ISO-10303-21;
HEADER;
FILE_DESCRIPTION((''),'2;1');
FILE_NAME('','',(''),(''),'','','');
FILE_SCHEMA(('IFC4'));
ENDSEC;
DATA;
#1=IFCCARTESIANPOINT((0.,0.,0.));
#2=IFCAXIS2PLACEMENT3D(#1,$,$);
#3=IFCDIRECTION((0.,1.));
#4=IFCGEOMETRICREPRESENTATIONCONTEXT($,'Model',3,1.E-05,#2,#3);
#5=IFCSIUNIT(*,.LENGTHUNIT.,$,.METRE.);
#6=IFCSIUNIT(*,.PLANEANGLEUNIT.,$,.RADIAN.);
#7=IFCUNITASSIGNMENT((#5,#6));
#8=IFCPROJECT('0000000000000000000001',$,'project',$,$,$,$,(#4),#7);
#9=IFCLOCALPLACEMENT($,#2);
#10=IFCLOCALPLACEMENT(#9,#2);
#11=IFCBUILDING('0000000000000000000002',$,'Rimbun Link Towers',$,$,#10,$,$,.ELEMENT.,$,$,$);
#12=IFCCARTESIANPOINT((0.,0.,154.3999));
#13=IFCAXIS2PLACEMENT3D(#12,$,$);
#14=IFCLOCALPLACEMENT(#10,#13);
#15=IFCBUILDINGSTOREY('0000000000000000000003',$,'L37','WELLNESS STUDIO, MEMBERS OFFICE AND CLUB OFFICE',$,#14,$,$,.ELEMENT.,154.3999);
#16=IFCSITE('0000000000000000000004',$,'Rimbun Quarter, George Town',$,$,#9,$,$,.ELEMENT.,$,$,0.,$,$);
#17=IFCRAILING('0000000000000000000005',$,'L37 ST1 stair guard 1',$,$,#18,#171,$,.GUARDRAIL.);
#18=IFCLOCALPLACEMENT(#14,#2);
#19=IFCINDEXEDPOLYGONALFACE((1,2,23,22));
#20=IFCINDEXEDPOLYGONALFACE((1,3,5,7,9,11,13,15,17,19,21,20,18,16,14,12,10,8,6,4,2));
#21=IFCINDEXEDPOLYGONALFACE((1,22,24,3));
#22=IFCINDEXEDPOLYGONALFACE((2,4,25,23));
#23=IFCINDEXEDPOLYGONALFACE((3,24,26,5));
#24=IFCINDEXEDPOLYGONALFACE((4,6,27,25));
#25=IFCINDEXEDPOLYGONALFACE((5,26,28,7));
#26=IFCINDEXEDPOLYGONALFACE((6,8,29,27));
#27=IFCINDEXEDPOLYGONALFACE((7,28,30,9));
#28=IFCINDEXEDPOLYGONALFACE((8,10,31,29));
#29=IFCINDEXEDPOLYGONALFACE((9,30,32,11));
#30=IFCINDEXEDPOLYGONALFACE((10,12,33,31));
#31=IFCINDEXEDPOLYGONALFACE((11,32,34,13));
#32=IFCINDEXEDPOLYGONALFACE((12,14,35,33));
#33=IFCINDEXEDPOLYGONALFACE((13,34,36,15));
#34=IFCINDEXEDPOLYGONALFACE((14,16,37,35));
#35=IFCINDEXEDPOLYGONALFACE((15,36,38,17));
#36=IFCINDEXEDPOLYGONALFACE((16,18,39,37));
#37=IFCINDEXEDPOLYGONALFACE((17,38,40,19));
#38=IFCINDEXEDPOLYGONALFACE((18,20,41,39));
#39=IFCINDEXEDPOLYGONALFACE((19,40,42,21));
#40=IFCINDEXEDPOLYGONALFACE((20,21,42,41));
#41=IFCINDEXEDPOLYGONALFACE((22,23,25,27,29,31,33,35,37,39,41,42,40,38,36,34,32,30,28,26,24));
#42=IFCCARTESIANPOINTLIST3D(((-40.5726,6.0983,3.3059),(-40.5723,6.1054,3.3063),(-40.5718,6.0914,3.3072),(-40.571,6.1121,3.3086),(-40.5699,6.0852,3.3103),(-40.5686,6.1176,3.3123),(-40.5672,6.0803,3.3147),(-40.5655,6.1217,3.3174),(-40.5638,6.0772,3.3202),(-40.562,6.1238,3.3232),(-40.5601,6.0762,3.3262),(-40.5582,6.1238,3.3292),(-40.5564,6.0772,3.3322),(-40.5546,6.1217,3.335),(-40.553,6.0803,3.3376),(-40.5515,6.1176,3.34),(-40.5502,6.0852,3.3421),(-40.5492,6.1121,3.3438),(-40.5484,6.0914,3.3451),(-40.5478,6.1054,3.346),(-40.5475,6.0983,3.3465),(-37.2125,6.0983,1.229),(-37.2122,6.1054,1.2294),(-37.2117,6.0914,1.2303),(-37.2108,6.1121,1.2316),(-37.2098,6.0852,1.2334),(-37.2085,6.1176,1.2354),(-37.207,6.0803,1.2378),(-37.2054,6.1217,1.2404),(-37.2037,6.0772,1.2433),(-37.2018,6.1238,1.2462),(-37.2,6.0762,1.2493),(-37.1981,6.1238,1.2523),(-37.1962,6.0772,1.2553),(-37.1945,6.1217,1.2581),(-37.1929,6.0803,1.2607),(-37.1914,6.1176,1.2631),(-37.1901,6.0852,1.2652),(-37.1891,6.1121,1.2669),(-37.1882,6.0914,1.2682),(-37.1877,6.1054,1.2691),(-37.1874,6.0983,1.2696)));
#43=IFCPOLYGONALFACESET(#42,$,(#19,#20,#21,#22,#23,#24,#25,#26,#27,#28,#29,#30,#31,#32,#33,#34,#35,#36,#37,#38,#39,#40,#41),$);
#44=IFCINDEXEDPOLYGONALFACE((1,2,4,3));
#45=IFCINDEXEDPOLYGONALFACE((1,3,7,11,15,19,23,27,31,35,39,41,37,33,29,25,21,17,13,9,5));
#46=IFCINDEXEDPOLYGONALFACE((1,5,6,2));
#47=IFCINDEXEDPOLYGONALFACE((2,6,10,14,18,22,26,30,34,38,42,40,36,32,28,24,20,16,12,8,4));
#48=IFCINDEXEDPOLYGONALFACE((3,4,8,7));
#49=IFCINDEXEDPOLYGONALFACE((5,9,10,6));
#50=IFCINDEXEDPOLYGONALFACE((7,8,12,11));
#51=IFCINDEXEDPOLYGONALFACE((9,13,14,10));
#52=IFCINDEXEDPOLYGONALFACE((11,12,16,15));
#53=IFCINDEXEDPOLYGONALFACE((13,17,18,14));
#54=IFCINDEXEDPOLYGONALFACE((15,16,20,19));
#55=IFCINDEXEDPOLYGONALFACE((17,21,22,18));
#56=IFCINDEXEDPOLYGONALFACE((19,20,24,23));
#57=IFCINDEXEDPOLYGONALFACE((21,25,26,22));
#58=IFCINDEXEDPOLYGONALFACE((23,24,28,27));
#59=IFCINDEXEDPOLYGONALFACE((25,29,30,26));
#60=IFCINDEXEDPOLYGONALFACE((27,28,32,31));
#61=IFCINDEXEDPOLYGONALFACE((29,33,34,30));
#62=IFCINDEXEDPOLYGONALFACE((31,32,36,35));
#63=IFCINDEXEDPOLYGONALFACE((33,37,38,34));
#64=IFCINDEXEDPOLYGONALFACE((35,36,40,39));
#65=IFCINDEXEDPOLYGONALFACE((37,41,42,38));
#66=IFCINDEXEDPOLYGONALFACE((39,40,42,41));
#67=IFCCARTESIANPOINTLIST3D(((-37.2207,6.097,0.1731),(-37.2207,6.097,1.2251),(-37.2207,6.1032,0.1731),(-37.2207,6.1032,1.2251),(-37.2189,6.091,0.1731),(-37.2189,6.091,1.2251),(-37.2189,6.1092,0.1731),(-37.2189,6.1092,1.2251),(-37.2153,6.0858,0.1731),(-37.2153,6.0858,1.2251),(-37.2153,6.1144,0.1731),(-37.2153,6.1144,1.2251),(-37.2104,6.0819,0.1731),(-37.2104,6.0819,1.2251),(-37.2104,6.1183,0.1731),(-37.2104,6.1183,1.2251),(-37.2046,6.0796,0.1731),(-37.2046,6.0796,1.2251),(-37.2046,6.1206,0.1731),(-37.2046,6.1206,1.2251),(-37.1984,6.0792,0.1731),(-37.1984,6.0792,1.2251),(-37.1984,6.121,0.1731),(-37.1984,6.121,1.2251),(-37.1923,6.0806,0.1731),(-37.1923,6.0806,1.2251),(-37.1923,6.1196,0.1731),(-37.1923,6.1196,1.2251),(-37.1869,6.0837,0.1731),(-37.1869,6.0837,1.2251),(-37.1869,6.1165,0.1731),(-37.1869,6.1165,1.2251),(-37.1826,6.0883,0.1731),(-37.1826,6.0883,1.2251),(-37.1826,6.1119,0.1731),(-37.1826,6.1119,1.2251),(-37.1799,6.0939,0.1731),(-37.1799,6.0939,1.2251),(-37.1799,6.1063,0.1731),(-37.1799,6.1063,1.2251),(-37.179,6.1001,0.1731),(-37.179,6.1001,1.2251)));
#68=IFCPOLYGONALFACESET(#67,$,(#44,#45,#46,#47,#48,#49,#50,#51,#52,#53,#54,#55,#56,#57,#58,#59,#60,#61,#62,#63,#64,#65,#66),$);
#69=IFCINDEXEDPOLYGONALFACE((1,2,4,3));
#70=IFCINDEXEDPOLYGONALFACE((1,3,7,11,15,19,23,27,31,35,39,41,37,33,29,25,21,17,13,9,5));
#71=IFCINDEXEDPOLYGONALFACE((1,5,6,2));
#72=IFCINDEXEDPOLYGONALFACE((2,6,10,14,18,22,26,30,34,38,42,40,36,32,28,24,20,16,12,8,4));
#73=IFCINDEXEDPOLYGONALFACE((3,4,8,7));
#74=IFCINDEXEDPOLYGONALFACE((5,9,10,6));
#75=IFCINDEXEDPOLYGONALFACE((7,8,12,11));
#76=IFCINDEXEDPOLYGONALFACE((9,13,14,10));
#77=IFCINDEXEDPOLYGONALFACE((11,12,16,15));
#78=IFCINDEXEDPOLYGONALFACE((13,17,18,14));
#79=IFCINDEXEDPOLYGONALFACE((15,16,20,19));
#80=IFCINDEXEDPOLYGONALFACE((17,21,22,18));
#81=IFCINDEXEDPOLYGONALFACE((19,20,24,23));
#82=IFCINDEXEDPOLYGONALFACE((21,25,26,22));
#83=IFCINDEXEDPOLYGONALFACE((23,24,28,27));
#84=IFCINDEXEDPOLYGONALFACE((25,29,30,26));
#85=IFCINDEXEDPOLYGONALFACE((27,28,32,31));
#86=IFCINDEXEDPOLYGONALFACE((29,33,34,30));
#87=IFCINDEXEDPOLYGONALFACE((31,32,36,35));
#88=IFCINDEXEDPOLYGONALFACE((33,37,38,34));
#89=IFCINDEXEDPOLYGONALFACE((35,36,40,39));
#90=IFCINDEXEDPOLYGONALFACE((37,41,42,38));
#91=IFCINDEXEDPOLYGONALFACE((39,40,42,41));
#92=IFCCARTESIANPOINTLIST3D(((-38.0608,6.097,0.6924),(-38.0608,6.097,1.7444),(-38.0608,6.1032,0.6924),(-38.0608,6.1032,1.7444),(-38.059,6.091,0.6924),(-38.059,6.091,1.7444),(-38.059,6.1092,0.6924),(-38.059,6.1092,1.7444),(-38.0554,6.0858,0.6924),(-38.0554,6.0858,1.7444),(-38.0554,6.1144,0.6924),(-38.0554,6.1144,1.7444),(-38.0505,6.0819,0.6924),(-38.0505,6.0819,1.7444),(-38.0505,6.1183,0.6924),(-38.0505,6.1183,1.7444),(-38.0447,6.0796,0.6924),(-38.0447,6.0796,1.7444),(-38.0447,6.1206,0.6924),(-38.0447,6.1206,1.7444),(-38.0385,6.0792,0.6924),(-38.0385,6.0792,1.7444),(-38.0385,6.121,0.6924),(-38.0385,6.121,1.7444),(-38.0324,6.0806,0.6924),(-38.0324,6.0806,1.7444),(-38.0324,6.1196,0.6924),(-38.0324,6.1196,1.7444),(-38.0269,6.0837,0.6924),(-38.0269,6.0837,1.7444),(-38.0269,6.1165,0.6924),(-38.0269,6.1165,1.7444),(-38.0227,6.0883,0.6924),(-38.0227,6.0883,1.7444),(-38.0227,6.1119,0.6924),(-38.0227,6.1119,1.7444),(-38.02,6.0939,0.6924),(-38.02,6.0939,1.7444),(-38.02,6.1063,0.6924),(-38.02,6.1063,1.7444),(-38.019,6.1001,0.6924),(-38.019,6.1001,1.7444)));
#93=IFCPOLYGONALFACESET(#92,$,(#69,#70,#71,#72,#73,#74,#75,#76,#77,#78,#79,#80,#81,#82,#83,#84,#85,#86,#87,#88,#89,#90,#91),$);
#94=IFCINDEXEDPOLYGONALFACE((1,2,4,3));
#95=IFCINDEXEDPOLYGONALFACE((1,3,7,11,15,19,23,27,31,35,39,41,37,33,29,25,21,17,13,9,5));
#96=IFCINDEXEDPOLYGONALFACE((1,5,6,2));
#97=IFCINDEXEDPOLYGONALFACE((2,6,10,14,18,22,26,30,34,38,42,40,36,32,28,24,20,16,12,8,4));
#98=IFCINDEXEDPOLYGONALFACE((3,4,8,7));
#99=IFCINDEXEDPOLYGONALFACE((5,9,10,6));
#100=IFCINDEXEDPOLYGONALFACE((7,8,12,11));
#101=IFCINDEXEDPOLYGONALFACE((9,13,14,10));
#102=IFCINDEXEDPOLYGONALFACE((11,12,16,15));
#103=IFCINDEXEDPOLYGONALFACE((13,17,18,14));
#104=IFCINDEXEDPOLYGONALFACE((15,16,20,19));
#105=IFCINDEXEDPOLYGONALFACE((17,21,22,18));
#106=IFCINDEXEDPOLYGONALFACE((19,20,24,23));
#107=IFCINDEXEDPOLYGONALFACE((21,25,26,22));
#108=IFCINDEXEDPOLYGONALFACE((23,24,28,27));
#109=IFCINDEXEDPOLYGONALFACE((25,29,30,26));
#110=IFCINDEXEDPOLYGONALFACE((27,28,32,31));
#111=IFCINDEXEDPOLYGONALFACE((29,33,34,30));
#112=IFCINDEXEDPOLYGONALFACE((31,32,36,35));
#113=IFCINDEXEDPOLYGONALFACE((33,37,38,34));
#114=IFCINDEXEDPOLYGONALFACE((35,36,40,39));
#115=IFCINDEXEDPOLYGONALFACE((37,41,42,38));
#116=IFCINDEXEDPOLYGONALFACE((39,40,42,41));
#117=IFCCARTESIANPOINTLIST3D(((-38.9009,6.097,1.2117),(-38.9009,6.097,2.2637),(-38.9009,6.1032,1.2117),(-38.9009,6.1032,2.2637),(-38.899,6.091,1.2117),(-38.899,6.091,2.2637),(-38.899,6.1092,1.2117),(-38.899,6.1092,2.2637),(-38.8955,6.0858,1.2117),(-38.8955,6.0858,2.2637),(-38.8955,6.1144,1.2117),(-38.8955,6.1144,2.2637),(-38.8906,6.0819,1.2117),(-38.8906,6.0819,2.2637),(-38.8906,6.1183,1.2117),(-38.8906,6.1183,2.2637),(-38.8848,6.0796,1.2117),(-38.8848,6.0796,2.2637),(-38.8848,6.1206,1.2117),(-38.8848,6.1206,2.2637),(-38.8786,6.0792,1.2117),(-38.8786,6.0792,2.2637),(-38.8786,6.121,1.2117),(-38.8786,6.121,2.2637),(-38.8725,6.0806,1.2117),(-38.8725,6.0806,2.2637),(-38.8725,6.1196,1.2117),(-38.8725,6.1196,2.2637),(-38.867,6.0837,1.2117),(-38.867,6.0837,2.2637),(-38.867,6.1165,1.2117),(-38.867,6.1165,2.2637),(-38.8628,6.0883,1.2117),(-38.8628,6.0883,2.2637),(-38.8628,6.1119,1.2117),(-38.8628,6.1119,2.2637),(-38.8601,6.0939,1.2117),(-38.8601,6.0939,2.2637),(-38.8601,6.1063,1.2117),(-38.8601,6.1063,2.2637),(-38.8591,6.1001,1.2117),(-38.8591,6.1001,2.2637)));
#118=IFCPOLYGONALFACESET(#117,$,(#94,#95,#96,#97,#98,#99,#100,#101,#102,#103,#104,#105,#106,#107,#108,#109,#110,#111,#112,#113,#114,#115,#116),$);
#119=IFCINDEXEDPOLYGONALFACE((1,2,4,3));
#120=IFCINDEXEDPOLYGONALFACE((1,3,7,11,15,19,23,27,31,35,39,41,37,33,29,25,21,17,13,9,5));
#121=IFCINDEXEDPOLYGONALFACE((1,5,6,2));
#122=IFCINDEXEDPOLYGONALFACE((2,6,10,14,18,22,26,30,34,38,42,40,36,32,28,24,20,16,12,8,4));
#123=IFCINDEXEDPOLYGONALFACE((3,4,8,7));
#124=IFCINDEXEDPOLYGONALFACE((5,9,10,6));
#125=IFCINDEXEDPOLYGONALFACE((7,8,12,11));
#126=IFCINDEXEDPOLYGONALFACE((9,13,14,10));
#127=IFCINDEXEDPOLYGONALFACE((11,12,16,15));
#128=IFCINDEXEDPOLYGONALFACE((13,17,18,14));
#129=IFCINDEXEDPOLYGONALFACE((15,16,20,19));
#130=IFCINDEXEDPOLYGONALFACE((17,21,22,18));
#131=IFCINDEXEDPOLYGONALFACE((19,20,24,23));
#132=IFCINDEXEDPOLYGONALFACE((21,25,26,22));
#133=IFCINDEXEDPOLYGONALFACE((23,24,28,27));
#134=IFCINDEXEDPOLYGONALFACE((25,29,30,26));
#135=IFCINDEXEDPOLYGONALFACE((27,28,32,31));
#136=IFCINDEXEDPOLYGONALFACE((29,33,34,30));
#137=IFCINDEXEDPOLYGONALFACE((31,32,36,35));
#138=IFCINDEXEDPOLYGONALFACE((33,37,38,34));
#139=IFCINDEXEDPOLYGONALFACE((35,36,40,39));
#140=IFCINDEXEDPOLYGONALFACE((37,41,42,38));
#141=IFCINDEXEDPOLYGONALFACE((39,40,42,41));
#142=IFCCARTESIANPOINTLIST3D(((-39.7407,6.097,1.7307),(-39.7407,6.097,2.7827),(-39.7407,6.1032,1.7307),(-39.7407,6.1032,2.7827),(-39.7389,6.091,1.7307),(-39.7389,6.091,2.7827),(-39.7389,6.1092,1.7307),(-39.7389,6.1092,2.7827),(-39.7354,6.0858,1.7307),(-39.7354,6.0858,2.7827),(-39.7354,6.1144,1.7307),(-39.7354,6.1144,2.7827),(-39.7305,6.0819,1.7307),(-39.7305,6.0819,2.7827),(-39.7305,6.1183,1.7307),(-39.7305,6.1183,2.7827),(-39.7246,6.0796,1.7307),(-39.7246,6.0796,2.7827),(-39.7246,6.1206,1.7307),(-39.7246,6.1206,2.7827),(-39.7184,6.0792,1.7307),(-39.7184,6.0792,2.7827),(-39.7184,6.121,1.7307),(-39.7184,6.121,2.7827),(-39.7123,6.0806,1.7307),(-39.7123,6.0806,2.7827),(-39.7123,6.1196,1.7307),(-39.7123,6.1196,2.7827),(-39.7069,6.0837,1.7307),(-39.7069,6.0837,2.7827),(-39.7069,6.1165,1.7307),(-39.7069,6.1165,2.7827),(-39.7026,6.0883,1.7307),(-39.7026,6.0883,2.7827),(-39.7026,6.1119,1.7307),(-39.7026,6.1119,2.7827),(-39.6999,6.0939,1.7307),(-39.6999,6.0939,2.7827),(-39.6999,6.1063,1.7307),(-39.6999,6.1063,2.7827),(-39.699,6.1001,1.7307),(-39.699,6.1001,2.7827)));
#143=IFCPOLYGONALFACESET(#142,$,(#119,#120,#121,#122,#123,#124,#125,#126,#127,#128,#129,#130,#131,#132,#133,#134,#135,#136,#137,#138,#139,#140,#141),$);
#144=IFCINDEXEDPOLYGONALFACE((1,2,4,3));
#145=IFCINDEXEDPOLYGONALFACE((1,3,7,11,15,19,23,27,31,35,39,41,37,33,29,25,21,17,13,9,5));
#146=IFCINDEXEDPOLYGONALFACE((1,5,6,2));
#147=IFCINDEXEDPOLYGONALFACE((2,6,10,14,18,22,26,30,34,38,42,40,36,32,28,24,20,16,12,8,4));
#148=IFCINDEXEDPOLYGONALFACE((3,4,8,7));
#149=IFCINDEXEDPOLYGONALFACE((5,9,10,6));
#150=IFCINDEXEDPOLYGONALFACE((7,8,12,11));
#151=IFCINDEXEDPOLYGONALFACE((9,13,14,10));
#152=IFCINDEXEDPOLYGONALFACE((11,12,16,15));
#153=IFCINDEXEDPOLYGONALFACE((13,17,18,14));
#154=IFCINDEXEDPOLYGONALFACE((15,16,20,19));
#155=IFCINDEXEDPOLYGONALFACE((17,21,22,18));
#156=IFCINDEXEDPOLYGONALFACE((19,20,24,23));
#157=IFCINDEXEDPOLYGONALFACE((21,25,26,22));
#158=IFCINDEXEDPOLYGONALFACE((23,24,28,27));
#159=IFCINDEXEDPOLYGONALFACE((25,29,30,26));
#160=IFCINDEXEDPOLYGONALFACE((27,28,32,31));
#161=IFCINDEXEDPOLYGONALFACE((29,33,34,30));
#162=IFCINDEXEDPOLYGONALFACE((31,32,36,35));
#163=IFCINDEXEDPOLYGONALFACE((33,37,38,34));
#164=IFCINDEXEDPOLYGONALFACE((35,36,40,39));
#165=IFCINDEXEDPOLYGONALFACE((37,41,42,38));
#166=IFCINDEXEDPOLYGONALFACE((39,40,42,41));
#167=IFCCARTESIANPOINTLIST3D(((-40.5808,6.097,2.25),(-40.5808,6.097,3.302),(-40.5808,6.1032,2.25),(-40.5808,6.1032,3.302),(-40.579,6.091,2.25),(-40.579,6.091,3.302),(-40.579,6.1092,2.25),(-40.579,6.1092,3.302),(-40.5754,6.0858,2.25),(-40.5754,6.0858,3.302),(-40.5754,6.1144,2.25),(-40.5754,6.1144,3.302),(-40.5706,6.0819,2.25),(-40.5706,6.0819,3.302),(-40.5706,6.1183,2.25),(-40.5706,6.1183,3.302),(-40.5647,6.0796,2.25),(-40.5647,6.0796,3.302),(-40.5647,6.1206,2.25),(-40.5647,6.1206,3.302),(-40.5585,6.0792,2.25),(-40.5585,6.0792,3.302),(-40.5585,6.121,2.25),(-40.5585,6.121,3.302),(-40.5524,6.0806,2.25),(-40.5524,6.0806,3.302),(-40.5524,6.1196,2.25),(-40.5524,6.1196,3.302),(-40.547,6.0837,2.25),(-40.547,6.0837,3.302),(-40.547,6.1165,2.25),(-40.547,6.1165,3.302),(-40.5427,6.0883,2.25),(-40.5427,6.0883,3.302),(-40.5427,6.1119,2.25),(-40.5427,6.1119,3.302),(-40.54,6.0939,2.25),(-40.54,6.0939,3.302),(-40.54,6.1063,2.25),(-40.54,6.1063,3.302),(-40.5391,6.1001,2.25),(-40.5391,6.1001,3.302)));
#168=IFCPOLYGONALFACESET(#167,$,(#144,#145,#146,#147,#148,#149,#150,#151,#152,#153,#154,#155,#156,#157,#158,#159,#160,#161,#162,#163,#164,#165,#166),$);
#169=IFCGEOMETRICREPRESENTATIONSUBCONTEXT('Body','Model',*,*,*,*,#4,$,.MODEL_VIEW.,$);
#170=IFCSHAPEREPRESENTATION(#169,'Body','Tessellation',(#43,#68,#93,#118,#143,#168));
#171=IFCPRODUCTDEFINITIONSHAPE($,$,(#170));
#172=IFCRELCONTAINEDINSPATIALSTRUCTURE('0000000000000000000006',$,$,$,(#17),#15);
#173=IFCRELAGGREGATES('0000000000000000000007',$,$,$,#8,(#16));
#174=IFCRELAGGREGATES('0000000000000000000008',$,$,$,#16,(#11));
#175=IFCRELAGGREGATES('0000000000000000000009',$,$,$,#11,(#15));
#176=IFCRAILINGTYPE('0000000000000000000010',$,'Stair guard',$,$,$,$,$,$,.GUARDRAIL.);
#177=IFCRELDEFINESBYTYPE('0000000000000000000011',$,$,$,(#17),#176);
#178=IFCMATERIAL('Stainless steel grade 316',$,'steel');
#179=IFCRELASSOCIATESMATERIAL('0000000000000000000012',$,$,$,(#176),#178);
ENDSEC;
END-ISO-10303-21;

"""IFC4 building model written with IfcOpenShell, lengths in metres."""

from ifc_helpers import new_model, si_unit, direction, frame, origin, origin_2d, place, context, subcontext, project, spatial, circle, extrude, material, type_object, element, save


model = new_model("IFC4")

# Units and contexts
model_context = context("Model", 3, precision=1e-05, world=origin(), true_north=direction((0.0, 1.0)))
body_context = subcontext(model_context, "Body", "Model", "MODEL_VIEW")
ifc_project = project(units=[si_unit("LENGTHUNIT", "METRE"), si_unit("PLANEANGLEUNIT", "RADIAN")], contexts=[model_context])

# Site, building, storey
site_placement = place(None, origin())
site = spatial("IfcSite", under=ifc_project, at=site_placement, Name="Rimbun Quarter, George Town", CompositionType="ELEMENT", RefElevation=0.0)
building_placement = place(site_placement, origin())
building = spatial("IfcBuilding", under=site, at=building_placement, Name="Rimbun Link Towers", CompositionType="ELEMENT")
storey_placement = place(building_placement, frame((0.0, 0.0, 154.3999)))
storey = spatial("IfcBuildingStorey", under=building, at=storey_placement, Name="L37", Description="WELLNESS STUDIO, MEMBERS OFFICE AND CLUB OFFICE", CompositionType="ELEMENT", Elevation=154.3999)

# Railing
ifc_material_1 = material(Name="Stainless steel grade 316", Category="steel")
railing_type_1 = type_object("IfcRailingType", Name="Stair guard", PredefinedType="GUARDRAIL", material=ifc_material_1)
railing_1_placement = place(storey_placement, frame((-37.2, 6.1001, 0.1731)))
element("IfcRailing", 1, at=railing_1_placement, inside=storey, type_object=railing_type_1, Name="L37 ST1 stair guard 1", PredefinedType="GUARDRAIL", context=body_context, shape_type="SweptSolid", body=[
    extrude(circle(Radius=0.0239, at=origin_2d()), frame((0.0, 0.0, 1.0762), z_axis=(-0.850623, 0.0, 0.525776), x_axis=(0.0, -1.0, 0.0)), (0.0, 0.0, 1.0), 3.9502),
    extrude(circle(Radius=0.021, at=origin_2d()), origin(), (0.0, 0.0, 1.0), 1.052),
    extrude(circle(Radius=0.021, at=origin_2d()), frame((-0.8401, 0.0, 0.5193)), (0.0, 0.0, 1.0), 1.052),
    extrude(circle(Radius=0.021, at=origin_2d()), frame((-1.6802, 0.0, 1.0386)), (0.0, 0.0, 1.0), 1.052),
    extrude(circle(Radius=0.021, at=origin_2d()), frame((-2.52, 0.0, 1.5576)), (0.0, 0.0, 1.0), 1.052),
    extrude(circle(Radius=0.021, at=origin_2d()), frame((-3.3601, 0.0, 2.0769)), (0.0, 0.0, 1.0), 1.052),
])

save(model, "model.ifc")
